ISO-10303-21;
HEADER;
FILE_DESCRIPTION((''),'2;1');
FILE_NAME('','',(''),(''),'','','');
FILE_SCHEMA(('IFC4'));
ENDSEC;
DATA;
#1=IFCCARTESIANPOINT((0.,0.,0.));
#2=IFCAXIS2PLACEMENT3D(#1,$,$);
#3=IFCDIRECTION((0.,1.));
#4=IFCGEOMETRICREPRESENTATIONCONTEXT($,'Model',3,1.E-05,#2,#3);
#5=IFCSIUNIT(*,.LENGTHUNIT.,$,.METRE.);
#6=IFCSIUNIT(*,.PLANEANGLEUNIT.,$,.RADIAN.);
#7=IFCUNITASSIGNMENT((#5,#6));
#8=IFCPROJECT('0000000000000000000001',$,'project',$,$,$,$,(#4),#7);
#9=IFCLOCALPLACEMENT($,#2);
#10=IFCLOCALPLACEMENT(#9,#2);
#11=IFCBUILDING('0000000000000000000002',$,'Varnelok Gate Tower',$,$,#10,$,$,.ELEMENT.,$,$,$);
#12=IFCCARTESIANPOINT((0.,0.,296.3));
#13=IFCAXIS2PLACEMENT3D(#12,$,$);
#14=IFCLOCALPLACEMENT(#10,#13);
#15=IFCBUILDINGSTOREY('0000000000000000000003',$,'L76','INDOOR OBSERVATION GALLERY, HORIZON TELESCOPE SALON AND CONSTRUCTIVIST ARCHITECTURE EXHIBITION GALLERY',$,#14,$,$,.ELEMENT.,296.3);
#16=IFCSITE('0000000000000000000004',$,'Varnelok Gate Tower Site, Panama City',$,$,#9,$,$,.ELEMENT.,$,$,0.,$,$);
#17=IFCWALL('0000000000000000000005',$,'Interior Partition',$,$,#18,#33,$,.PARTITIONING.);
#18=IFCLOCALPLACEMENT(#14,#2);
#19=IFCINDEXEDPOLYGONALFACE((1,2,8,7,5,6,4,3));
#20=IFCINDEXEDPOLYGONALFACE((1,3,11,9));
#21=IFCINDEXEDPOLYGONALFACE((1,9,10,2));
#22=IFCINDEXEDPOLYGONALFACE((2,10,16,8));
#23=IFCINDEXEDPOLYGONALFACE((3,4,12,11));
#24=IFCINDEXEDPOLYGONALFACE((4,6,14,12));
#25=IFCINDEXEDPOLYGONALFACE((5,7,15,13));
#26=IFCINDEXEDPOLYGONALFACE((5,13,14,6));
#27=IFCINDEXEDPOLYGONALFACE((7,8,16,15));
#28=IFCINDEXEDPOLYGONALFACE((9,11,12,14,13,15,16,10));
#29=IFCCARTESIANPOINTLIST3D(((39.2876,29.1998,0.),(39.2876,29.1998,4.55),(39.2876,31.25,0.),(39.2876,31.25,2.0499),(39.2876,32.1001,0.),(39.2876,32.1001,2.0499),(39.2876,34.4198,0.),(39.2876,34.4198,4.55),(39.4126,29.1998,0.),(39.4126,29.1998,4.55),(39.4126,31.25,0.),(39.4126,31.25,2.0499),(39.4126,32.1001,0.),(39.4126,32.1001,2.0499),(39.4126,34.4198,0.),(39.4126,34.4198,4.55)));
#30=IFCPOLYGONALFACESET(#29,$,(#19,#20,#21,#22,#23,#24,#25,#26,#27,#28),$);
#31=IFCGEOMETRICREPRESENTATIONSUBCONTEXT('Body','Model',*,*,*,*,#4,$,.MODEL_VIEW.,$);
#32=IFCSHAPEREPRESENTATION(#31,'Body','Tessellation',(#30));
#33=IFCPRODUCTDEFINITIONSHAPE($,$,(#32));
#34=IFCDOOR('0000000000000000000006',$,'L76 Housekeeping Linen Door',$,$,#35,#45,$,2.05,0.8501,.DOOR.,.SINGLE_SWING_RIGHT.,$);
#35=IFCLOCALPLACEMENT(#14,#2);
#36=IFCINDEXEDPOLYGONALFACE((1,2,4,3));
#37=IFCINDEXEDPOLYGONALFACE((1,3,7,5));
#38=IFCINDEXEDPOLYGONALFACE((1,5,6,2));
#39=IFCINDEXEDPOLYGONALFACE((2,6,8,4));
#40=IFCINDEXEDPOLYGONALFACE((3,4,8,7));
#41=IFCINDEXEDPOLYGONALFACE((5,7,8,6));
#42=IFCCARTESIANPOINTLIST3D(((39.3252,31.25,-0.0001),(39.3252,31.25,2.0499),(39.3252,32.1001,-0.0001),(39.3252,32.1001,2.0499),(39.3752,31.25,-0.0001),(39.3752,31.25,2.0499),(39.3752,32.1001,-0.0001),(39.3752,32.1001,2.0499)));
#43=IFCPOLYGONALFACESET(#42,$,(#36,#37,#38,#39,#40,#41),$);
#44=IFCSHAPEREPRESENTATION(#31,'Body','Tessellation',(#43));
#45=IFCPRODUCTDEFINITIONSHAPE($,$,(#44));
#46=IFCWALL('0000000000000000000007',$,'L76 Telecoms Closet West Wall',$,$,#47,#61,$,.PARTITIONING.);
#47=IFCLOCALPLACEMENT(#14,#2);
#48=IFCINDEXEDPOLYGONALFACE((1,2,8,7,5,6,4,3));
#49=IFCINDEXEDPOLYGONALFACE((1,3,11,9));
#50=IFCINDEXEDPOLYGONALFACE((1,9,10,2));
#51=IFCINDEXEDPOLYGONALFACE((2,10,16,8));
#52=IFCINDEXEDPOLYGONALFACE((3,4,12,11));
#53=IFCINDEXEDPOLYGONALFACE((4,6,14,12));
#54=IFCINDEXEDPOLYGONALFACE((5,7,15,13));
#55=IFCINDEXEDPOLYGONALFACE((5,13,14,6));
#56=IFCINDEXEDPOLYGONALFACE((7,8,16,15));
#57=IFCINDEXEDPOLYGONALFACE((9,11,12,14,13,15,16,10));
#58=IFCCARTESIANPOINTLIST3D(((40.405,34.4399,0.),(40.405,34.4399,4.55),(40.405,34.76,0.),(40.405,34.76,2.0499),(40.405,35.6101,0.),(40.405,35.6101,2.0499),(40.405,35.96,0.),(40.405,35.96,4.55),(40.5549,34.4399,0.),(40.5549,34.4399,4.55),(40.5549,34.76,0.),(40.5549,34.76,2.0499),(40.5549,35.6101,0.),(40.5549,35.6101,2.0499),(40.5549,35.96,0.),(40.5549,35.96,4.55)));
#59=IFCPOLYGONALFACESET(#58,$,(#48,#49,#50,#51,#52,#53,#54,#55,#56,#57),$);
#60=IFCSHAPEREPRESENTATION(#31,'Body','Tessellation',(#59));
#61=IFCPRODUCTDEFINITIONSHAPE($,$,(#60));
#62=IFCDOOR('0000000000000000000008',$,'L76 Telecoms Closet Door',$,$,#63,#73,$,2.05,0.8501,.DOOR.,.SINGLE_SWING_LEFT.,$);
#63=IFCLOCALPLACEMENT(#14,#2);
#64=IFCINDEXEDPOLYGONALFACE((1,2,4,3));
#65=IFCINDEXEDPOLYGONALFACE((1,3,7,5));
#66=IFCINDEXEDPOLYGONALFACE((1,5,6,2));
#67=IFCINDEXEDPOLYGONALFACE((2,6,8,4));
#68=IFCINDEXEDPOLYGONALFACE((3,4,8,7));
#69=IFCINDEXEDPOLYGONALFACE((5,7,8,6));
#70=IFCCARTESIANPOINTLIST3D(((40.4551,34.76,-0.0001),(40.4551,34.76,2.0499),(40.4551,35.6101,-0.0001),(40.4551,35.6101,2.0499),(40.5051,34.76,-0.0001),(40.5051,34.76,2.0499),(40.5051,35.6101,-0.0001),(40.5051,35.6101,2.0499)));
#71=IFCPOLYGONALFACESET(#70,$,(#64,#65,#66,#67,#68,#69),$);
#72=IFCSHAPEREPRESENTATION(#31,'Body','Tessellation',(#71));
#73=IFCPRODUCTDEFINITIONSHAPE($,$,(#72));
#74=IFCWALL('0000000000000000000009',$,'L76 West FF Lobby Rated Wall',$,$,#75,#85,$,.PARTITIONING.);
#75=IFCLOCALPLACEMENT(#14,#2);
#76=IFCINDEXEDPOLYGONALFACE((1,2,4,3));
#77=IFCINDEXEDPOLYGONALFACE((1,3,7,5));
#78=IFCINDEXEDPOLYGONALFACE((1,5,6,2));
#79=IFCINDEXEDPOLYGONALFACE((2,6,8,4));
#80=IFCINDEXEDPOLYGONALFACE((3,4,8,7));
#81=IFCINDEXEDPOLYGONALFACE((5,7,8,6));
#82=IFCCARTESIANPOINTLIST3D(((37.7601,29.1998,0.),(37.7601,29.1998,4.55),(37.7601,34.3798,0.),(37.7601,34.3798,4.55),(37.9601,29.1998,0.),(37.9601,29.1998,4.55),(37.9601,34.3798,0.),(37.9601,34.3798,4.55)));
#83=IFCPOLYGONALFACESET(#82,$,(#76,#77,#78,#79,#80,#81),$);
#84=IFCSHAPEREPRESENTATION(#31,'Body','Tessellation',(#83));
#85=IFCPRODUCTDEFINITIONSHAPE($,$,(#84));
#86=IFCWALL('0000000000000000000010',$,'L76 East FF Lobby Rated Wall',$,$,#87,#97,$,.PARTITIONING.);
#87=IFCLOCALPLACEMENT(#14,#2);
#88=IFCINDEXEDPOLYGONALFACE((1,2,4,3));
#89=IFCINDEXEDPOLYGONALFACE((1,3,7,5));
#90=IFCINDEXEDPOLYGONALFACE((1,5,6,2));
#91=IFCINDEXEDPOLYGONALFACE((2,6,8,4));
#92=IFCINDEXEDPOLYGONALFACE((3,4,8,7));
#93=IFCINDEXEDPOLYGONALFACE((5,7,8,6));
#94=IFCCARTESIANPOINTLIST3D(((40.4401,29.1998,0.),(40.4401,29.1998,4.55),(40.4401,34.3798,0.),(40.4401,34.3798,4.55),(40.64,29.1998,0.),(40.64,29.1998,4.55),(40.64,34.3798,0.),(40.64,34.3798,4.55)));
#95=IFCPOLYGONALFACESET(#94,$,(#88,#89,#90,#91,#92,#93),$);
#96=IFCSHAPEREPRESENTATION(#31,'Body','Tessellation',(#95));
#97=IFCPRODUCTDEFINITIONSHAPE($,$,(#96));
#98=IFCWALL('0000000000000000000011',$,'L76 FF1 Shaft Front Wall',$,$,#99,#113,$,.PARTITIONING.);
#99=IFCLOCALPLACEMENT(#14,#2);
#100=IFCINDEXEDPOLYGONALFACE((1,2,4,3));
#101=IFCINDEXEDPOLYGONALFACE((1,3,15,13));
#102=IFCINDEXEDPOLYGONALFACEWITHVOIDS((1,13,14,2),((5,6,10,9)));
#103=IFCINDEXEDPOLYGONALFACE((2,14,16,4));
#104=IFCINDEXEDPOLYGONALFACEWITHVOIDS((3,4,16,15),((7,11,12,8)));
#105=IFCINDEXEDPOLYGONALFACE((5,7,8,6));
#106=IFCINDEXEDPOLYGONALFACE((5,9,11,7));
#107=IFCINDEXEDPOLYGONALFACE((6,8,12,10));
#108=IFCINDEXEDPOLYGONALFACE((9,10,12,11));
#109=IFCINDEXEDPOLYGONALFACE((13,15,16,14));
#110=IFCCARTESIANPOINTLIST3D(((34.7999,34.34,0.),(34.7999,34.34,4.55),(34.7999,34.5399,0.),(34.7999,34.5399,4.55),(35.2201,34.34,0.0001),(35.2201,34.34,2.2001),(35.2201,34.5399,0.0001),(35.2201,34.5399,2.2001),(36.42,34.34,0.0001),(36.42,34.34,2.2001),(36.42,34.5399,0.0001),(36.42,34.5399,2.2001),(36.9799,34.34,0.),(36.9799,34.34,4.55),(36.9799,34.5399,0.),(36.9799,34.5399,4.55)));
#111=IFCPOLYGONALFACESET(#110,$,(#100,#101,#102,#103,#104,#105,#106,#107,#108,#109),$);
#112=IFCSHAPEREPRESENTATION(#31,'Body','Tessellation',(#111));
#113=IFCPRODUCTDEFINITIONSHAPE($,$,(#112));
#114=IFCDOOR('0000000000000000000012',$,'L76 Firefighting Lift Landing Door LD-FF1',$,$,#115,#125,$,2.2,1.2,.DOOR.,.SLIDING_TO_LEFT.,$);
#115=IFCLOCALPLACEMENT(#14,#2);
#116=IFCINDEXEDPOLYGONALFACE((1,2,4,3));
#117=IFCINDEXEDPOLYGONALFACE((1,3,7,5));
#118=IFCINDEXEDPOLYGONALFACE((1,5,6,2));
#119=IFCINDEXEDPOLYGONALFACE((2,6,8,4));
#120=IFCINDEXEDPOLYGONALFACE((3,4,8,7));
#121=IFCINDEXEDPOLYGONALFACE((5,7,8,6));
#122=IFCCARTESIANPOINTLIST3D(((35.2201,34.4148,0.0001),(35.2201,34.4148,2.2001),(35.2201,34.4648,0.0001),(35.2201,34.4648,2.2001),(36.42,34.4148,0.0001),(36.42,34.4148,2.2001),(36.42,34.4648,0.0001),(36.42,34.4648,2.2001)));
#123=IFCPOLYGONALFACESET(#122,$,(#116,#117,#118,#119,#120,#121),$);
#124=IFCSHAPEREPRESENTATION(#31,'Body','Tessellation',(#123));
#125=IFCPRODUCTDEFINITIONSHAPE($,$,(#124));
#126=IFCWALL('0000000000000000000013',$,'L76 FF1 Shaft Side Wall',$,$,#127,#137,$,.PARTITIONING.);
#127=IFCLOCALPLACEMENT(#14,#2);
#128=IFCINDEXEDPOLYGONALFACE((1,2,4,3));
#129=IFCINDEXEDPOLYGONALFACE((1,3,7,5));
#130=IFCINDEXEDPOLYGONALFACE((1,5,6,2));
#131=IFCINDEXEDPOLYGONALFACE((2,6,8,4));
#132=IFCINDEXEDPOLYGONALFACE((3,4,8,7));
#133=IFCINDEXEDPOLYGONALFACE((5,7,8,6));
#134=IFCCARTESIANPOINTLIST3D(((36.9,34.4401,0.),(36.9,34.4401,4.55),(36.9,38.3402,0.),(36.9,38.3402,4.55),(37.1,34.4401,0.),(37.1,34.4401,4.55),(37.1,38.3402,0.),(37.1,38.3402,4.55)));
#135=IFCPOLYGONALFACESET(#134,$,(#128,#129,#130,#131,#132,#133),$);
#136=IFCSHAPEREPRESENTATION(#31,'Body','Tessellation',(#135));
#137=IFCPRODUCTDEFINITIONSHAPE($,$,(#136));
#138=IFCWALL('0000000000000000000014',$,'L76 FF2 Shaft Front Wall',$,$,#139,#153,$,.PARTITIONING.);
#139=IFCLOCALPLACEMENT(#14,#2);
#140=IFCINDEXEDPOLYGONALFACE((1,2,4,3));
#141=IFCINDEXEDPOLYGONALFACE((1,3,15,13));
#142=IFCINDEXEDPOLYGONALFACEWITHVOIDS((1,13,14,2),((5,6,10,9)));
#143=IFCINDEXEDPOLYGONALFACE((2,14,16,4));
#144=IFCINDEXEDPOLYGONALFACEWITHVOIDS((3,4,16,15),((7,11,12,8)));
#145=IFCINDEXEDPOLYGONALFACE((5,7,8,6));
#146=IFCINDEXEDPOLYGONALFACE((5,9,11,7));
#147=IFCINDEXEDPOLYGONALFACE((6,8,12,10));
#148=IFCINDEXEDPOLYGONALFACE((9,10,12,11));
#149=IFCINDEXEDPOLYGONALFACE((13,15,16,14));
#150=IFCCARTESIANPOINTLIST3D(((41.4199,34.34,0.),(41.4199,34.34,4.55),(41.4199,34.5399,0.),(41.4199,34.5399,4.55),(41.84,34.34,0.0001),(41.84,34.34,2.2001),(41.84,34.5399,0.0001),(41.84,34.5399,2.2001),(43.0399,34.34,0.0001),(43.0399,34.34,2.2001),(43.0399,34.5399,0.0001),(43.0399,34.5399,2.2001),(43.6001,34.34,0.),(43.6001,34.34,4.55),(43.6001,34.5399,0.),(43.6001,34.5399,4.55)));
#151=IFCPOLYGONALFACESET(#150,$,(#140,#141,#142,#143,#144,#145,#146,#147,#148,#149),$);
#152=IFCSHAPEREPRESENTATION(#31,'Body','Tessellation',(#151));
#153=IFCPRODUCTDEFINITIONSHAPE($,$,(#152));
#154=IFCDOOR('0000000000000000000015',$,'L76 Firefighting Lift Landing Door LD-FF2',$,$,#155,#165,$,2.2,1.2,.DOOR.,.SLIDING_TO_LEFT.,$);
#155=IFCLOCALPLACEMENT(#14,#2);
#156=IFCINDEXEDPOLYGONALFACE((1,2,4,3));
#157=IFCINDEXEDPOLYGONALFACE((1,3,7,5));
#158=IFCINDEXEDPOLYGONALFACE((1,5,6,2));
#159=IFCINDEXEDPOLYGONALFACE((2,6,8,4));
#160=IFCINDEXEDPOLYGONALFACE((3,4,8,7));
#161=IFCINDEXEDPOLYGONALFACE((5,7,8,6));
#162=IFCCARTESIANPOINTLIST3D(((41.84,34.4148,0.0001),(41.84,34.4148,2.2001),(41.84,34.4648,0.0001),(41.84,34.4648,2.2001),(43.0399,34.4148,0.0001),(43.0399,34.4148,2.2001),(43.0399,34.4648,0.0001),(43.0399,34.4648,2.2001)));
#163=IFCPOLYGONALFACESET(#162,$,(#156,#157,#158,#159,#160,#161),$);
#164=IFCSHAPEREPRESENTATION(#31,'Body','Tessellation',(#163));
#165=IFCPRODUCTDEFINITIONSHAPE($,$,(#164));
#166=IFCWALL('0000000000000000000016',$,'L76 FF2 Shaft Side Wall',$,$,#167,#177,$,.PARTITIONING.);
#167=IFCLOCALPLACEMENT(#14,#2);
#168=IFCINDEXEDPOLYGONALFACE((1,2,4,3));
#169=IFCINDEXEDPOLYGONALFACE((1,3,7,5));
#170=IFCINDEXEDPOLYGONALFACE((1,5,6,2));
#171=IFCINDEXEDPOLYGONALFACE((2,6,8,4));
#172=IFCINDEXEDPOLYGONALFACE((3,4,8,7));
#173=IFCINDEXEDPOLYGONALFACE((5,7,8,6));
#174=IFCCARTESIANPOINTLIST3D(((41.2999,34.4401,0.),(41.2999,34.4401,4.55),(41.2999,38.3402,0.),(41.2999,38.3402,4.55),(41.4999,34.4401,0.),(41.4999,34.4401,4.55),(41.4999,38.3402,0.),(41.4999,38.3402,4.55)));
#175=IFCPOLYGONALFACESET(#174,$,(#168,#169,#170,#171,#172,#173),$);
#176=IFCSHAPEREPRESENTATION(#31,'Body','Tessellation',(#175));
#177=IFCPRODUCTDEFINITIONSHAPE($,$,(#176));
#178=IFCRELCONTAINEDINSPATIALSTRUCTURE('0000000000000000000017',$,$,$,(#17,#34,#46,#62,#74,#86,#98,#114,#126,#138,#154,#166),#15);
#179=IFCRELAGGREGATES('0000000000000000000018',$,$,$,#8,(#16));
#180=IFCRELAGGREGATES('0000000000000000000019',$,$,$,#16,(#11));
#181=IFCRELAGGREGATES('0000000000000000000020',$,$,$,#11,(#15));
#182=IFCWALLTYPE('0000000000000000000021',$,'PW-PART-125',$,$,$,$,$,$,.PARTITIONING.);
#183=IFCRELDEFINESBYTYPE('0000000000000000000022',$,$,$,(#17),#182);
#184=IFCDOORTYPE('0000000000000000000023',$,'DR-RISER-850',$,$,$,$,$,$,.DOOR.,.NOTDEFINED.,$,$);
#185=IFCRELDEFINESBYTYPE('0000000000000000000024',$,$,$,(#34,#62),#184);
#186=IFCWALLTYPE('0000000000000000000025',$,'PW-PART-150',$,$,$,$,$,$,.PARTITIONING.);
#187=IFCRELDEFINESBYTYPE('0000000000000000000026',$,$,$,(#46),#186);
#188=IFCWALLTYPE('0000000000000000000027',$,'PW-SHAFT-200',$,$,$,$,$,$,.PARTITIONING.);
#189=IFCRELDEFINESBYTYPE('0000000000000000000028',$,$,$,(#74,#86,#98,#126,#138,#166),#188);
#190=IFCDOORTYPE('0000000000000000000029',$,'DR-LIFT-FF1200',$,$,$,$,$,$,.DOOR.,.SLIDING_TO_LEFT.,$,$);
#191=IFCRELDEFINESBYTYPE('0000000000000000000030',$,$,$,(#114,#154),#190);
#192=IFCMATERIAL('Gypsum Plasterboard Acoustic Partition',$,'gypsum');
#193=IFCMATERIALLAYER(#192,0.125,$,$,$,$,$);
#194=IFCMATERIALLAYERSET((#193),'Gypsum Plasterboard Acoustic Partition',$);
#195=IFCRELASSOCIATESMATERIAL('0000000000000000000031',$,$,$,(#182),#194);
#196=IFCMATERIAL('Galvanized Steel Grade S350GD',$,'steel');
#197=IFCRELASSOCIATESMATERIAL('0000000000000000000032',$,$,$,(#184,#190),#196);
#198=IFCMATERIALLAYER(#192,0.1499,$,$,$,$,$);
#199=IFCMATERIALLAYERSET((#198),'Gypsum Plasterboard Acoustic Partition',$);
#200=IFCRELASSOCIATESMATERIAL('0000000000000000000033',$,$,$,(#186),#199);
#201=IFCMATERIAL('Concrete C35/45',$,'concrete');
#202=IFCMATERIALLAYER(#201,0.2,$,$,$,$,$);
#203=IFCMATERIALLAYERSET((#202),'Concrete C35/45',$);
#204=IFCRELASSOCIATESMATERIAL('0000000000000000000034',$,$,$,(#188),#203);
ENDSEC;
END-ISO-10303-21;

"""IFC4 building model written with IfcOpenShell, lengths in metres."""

from ifc_helpers import new_model, si_unit, direction, frame, frame_2d, origin, place, context, subcontext, project, spatial, rectangle, extrude, material, layer, layer_set, type_object, element, fill, save


model = new_model("IFC4")

# Units and contexts
model_context = context("Model", 3, precision=1e-05, world=origin(), true_north=direction((0.0, 1.0)))
body_context = subcontext(model_context, "Body", "Model", "MODEL_VIEW")
ifc_project = project(units=[si_unit("LENGTHUNIT", "METRE"), si_unit("PLANEANGLEUNIT", "RADIAN")], contexts=[model_context])

# Site, building, storey
site_placement = place(None, origin())
site = spatial("IfcSite", under=ifc_project, at=site_placement, Name="Varnelok Gate Tower Site, Panama City", CompositionType="ELEMENT", RefElevation=0.0)
building_placement = place(site_placement, origin())
building = spatial("IfcBuilding", under=site, at=building_placement, Name="Varnelok Gate Tower", CompositionType="ELEMENT")
storey_placement = place(building_placement, frame((0.0, 0.0, 296.3)))
storey = spatial("IfcBuildingStorey", under=building, at=storey_placement, Name="L76", Description="INDOOR OBSERVATION GALLERY, HORIZON TELESCOPE SALON AND CONSTRUCTIVIST ARCHITECTURE EXHIBITION GALLERY", CompositionType="ELEMENT", Elevation=296.3)

# Walls, openings, doors
ifc_material_1 = material(Name="Gypsum Plasterboard Acoustic Partition", Category="gypsum")
ifc_layer_1 = layer(ifc_material_1, 0.125)
ifc_layer_set_1 = layer_set([ifc_layer_1], Name="Gypsum Plasterboard Acoustic Partition")
wall_type_1 = type_object("IfcWallType", Name="PW-PART-125", PredefinedType="PARTITIONING", material=ifc_layer_set_1)
wall_1_placement = place(storey_placement, frame((39.3501, 29.2, 0.0), z_axis=(0.0, 0.0, 1.0), x_axis=(0.0, 1.0, 0.0)))
wall_1 = element("IfcWall", 1, at=wall_1_placement, inside=storey, type_object=wall_type_1, Name="Interior Partition", PredefinedType="PARTITIONING", context=body_context, shape_type="SweptSolid", body=[
    extrude(rectangle(XDim=5.22, YDim=0.125, at=frame_2d((2.6099, 0.0))), origin(), (0.0, 0.0, 1.0), 4.55),
])
opening_1_placement = place(wall_1_placement, frame((2.05, 0.0, 0.0)))
opening_1 = element("IfcOpeningElement", 2, at=opening_1_placement, cuts=wall_1, PredefinedType="OPENING", context=body_context, shape_type="SweptSolid", body=[
    extrude(rectangle(XDim=0.8501, YDim=2.05, at=frame_2d((0.425, 1.0249))), frame((0.0, 0.0725, 0.0), z_axis=(0.0, -1.0, 0.0), x_axis=(1.0, 0.0, 0.0)), (0.0, 0.0, 1.0), 0.145),
])
ifc_material_2 = material(Name="Galvanized Steel Grade S350GD", Category="steel")
door_type_1 = type_object("IfcDoorType", Name="DR-RISER-850", OperationType="NOTDEFINED", PredefinedType="DOOR", material=ifc_material_2)
door_1_placement = place(opening_1_placement, origin())
door_1 = element("IfcDoor", 3, at=door_1_placement, inside=storey, type_object=door_type_1, Name="L76 Housekeeping Linen Door", OperationType="SINGLE_SWING_RIGHT", OverallHeight=2.05, OverallWidth=0.8501, PredefinedType="DOOR", context=body_context, shape_type="SweptSolid", body=[
    extrude(rectangle(XDim=0.8501, YDim=2.05, at=frame_2d((0.425, 1.0249))), frame((0.0, 0.0249, 0.0), z_axis=(0.0, -1.0, 0.0), x_axis=(1.0, 0.0, 0.0)), (0.0, 0.0, 1.0), 0.05),
])
fill(opening_1, door_1)
ifc_layer_2 = layer(ifc_material_1, 0.1499)
ifc_layer_set_2 = layer_set([ifc_layer_2], Name="Gypsum Plasterboard Acoustic Partition")
wall_type_2 = type_object("IfcWallType", Name="PW-PART-150", PredefinedType="PARTITIONING", material=ifc_layer_set_2)
wall_2_placement = place(storey_placement, frame((40.48, 34.4399, 0.0), z_axis=(0.0, 0.0, 1.0), x_axis=(0.0, 1.0, 0.0)))
wall_2 = element("IfcWall", 4, at=wall_2_placement, inside=storey, type_object=wall_type_2, Name="L76 Telecoms Closet West Wall", PredefinedType="PARTITIONING", context=body_context, shape_type="SweptSolid", body=[
    extrude(rectangle(XDim=1.52, YDim=0.1499, at=frame_2d((0.76, 0.0))), origin(), (0.0, 0.0, 1.0), 4.55),
])
opening_2_placement = place(wall_2_placement, frame((0.3201, 0.0, 0.0)))
opening_2 = element("IfcOpeningElement", 5, at=opening_2_placement, cuts=wall_2, PredefinedType="OPENING", context=body_context, shape_type="SweptSolid", body=[
    extrude(rectangle(XDim=0.8501, YDim=2.05, at=frame_2d((0.425, 1.0249))), frame((0.0, 0.085, 0.0), z_axis=(0.0, -1.0, 0.0), x_axis=(1.0, 0.0, 0.0)), (0.0, 0.0, 1.0), 0.1699),
])
door_2_placement = place(opening_2_placement, origin())
door_2 = element("IfcDoor", 6, at=door_2_placement, inside=storey, type_object=door_type_1, Name="L76 Telecoms Closet Door", OperationType="SINGLE_SWING_LEFT", OverallHeight=2.05, OverallWidth=0.8501, PredefinedType="DOOR", context=body_context, shape_type="SweptSolid", body=[
    extrude(rectangle(XDim=0.8501, YDim=2.05, at=frame_2d((0.425, 1.0249))), frame((0.0, 0.0249, 0.0), z_axis=(0.0, -1.0, 0.0), x_axis=(1.0, 0.0, 0.0)), (0.0, 0.0, 1.0), 0.05),
])
fill(opening_2, door_2)

# Walls
ifc_material_3 = material(Name="Concrete C35/45", Category="concrete")
ifc_layer_3 = layer(ifc_material_3, 0.2)
ifc_layer_set_3 = layer_set([ifc_layer_3], Name="Concrete C35/45")
wall_type_3 = type_object("IfcWallType", Name="PW-SHAFT-200", PredefinedType="PARTITIONING", material=ifc_layer_set_3)
for number, where, z_axis, x_axis, name in (
    (7, (37.8601, 29.2, 0.0), (0.0, 0.0, 1.0), (0.0, 1.0, 0.0), "L76 West FF Lobby Rated Wall"),
    (8, (40.54, 29.2, 0.0), (0.0, 0.0, 1.0), (0.0, 1.0, 0.0), "L76 East FF Lobby Rated Wall"),
):
    element("IfcWall", number, at=place(storey_placement, frame(where, z_axis=z_axis, x_axis=x_axis)), inside=storey, type_object=wall_type_3, Name=name, PredefinedType="PARTITIONING", context=body_context, shape_type="SweptSolid", body=[
        extrude(rectangle(XDim=5.1799, YDim=0.2, at=frame_2d((2.5898, 0.0))), origin(), (0.0, 0.0, 1.0), 4.55),
    ])

# Wall, opening, door
wall_3_placement = place(storey_placement, frame((34.8, 34.4399, 0.0), z_axis=(0.0, 0.0, 1.0), x_axis=(1.0, 0.0, 0.0)))
wall_3 = element("IfcWall", 9, at=wall_3_placement, inside=storey, type_object=wall_type_3, Name="L76 FF1 Shaft Front Wall", PredefinedType="PARTITIONING", context=body_context, shape_type="SweptSolid", body=[
    extrude(rectangle(XDim=2.1799, YDim=0.2, at=frame_2d((1.0898, 0.0))), origin(), (0.0, 0.0, 1.0), 4.55),
])
opening_3_placement = place(wall_3_placement, frame((0.4199, 0.0, 0.0)))
opening_3 = element("IfcOpeningElement", 10, at=opening_3_placement, cuts=wall_3, PredefinedType="OPENING", context=body_context, shape_type="SweptSolid", body=[
    extrude(rectangle(XDim=1.2, YDim=2.2, at=frame_2d((0.6001, 1.1001))), frame((0.0, 0.1099, 0.0), z_axis=(0.0, -1.0, 0.0), x_axis=(1.0, 0.0, 0.0)), (0.0, 0.0, 1.0), 0.22),
])
door_type_2 = type_object("IfcDoorType", Name="DR-LIFT-FF1200", OperationType="SLIDING_TO_LEFT", PredefinedType="DOOR", material=ifc_material_2)
door_3_placement = place(opening_3_placement, origin())
door_3 = element("IfcDoor", 11, at=door_3_placement, inside=storey, type_object=door_type_2, Name="L76 Firefighting Lift Landing Door LD-FF1", OperationType="SLIDING_TO_LEFT", OverallHeight=2.2, OverallWidth=1.2, PredefinedType="DOOR", context=body_context, shape_type="SweptSolid", body=[
    extrude(rectangle(XDim=1.2, YDim=2.2, at=frame_2d((0.6001, 1.1001))), frame((0.0, 0.0249, 0.0), z_axis=(0.0, -1.0, 0.0), x_axis=(1.0, 0.0, 0.0)), (0.0, 0.0, 1.0), 0.05),
])
fill(opening_3, door_3)

# Wall
wall_4_placement = place(storey_placement, frame((37.0, 34.4399, 0.0), z_axis=(0.0, 0.0, 1.0), x_axis=(0.0, 1.0, 0.0)))
element("IfcWall", 12, at=wall_4_placement, inside=storey, type_object=wall_type_3, Name="L76 FF1 Shaft Side Wall", PredefinedType="PARTITIONING", context=body_context, shape_type="SweptSolid", body=[
    extrude(rectangle(XDim=3.9001, YDim=0.2, at=frame_2d((1.9502, 0.0))), origin(), (0.0, 0.0, 1.0), 4.55),
])

# Wall, opening, door
wall_5_placement = place(storey_placement, frame((41.4199, 34.4399, 0.0), z_axis=(0.0, 0.0, 1.0), x_axis=(1.0, 0.0, 0.0)))
wall_5 = element("IfcWall", 13, at=wall_5_placement, inside=storey, type_object=wall_type_3, Name="L76 FF2 Shaft Front Wall", PredefinedType="PARTITIONING", context=body_context, shape_type="SweptSolid", body=[
    extrude(rectangle(XDim=2.1802, YDim=0.2, at=frame_2d((1.0901, 0.0))), origin(), (0.0, 0.0, 1.0), 4.55),
])
opening_4_placement = place(wall_5_placement, frame((0.4199, 0.0, 0.0)))
opening_4 = element("IfcOpeningElement", 14, at=opening_4_placement, cuts=wall_5, PredefinedType="OPENING", context=body_context, shape_type="SweptSolid", body=[
    extrude(rectangle(XDim=1.2, YDim=2.2, at=frame_2d((0.6001, 1.1001))), frame((0.0, 0.1099, 0.0), z_axis=(0.0, -1.0, 0.0), x_axis=(1.0, 0.0, 0.0)), (0.0, 0.0, 1.0), 0.22),
])
door_4_placement = place(opening_4_placement, origin())
door_4 = element("IfcDoor", 15, at=door_4_placement, inside=storey, type_object=door_type_2, Name="L76 Firefighting Lift Landing Door LD-FF2", OperationType="SLIDING_TO_LEFT", OverallHeight=2.2, OverallWidth=1.2, PredefinedType="DOOR", context=body_context, shape_type="SweptSolid", body=[
    extrude(rectangle(XDim=1.2, YDim=2.2, at=frame_2d((0.6001, 1.1001))), frame((0.0, 0.0249, 0.0), z_axis=(0.0, -1.0, 0.0), x_axis=(1.0, 0.0, 0.0)), (0.0, 0.0, 1.0), 0.05),
])
fill(opening_4, door_4)

# Wall
wall_6_placement = place(storey_placement, frame((41.3999, 34.4399, 0.0), z_axis=(0.0, 0.0, 1.0), x_axis=(0.0, 1.0, 0.0)))
element("IfcWall", 16, at=wall_6_placement, inside=storey, type_object=wall_type_3, Name="L76 FF2 Shaft Side Wall", PredefinedType="PARTITIONING", context=body_context, shape_type="SweptSolid", body=[
    extrude(rectangle(XDim=3.9001, YDim=0.2, at=frame_2d((1.9502, 0.0))), origin(), (0.0, 0.0, 1.0), 4.55),
])

save(model, "model.ifc")
